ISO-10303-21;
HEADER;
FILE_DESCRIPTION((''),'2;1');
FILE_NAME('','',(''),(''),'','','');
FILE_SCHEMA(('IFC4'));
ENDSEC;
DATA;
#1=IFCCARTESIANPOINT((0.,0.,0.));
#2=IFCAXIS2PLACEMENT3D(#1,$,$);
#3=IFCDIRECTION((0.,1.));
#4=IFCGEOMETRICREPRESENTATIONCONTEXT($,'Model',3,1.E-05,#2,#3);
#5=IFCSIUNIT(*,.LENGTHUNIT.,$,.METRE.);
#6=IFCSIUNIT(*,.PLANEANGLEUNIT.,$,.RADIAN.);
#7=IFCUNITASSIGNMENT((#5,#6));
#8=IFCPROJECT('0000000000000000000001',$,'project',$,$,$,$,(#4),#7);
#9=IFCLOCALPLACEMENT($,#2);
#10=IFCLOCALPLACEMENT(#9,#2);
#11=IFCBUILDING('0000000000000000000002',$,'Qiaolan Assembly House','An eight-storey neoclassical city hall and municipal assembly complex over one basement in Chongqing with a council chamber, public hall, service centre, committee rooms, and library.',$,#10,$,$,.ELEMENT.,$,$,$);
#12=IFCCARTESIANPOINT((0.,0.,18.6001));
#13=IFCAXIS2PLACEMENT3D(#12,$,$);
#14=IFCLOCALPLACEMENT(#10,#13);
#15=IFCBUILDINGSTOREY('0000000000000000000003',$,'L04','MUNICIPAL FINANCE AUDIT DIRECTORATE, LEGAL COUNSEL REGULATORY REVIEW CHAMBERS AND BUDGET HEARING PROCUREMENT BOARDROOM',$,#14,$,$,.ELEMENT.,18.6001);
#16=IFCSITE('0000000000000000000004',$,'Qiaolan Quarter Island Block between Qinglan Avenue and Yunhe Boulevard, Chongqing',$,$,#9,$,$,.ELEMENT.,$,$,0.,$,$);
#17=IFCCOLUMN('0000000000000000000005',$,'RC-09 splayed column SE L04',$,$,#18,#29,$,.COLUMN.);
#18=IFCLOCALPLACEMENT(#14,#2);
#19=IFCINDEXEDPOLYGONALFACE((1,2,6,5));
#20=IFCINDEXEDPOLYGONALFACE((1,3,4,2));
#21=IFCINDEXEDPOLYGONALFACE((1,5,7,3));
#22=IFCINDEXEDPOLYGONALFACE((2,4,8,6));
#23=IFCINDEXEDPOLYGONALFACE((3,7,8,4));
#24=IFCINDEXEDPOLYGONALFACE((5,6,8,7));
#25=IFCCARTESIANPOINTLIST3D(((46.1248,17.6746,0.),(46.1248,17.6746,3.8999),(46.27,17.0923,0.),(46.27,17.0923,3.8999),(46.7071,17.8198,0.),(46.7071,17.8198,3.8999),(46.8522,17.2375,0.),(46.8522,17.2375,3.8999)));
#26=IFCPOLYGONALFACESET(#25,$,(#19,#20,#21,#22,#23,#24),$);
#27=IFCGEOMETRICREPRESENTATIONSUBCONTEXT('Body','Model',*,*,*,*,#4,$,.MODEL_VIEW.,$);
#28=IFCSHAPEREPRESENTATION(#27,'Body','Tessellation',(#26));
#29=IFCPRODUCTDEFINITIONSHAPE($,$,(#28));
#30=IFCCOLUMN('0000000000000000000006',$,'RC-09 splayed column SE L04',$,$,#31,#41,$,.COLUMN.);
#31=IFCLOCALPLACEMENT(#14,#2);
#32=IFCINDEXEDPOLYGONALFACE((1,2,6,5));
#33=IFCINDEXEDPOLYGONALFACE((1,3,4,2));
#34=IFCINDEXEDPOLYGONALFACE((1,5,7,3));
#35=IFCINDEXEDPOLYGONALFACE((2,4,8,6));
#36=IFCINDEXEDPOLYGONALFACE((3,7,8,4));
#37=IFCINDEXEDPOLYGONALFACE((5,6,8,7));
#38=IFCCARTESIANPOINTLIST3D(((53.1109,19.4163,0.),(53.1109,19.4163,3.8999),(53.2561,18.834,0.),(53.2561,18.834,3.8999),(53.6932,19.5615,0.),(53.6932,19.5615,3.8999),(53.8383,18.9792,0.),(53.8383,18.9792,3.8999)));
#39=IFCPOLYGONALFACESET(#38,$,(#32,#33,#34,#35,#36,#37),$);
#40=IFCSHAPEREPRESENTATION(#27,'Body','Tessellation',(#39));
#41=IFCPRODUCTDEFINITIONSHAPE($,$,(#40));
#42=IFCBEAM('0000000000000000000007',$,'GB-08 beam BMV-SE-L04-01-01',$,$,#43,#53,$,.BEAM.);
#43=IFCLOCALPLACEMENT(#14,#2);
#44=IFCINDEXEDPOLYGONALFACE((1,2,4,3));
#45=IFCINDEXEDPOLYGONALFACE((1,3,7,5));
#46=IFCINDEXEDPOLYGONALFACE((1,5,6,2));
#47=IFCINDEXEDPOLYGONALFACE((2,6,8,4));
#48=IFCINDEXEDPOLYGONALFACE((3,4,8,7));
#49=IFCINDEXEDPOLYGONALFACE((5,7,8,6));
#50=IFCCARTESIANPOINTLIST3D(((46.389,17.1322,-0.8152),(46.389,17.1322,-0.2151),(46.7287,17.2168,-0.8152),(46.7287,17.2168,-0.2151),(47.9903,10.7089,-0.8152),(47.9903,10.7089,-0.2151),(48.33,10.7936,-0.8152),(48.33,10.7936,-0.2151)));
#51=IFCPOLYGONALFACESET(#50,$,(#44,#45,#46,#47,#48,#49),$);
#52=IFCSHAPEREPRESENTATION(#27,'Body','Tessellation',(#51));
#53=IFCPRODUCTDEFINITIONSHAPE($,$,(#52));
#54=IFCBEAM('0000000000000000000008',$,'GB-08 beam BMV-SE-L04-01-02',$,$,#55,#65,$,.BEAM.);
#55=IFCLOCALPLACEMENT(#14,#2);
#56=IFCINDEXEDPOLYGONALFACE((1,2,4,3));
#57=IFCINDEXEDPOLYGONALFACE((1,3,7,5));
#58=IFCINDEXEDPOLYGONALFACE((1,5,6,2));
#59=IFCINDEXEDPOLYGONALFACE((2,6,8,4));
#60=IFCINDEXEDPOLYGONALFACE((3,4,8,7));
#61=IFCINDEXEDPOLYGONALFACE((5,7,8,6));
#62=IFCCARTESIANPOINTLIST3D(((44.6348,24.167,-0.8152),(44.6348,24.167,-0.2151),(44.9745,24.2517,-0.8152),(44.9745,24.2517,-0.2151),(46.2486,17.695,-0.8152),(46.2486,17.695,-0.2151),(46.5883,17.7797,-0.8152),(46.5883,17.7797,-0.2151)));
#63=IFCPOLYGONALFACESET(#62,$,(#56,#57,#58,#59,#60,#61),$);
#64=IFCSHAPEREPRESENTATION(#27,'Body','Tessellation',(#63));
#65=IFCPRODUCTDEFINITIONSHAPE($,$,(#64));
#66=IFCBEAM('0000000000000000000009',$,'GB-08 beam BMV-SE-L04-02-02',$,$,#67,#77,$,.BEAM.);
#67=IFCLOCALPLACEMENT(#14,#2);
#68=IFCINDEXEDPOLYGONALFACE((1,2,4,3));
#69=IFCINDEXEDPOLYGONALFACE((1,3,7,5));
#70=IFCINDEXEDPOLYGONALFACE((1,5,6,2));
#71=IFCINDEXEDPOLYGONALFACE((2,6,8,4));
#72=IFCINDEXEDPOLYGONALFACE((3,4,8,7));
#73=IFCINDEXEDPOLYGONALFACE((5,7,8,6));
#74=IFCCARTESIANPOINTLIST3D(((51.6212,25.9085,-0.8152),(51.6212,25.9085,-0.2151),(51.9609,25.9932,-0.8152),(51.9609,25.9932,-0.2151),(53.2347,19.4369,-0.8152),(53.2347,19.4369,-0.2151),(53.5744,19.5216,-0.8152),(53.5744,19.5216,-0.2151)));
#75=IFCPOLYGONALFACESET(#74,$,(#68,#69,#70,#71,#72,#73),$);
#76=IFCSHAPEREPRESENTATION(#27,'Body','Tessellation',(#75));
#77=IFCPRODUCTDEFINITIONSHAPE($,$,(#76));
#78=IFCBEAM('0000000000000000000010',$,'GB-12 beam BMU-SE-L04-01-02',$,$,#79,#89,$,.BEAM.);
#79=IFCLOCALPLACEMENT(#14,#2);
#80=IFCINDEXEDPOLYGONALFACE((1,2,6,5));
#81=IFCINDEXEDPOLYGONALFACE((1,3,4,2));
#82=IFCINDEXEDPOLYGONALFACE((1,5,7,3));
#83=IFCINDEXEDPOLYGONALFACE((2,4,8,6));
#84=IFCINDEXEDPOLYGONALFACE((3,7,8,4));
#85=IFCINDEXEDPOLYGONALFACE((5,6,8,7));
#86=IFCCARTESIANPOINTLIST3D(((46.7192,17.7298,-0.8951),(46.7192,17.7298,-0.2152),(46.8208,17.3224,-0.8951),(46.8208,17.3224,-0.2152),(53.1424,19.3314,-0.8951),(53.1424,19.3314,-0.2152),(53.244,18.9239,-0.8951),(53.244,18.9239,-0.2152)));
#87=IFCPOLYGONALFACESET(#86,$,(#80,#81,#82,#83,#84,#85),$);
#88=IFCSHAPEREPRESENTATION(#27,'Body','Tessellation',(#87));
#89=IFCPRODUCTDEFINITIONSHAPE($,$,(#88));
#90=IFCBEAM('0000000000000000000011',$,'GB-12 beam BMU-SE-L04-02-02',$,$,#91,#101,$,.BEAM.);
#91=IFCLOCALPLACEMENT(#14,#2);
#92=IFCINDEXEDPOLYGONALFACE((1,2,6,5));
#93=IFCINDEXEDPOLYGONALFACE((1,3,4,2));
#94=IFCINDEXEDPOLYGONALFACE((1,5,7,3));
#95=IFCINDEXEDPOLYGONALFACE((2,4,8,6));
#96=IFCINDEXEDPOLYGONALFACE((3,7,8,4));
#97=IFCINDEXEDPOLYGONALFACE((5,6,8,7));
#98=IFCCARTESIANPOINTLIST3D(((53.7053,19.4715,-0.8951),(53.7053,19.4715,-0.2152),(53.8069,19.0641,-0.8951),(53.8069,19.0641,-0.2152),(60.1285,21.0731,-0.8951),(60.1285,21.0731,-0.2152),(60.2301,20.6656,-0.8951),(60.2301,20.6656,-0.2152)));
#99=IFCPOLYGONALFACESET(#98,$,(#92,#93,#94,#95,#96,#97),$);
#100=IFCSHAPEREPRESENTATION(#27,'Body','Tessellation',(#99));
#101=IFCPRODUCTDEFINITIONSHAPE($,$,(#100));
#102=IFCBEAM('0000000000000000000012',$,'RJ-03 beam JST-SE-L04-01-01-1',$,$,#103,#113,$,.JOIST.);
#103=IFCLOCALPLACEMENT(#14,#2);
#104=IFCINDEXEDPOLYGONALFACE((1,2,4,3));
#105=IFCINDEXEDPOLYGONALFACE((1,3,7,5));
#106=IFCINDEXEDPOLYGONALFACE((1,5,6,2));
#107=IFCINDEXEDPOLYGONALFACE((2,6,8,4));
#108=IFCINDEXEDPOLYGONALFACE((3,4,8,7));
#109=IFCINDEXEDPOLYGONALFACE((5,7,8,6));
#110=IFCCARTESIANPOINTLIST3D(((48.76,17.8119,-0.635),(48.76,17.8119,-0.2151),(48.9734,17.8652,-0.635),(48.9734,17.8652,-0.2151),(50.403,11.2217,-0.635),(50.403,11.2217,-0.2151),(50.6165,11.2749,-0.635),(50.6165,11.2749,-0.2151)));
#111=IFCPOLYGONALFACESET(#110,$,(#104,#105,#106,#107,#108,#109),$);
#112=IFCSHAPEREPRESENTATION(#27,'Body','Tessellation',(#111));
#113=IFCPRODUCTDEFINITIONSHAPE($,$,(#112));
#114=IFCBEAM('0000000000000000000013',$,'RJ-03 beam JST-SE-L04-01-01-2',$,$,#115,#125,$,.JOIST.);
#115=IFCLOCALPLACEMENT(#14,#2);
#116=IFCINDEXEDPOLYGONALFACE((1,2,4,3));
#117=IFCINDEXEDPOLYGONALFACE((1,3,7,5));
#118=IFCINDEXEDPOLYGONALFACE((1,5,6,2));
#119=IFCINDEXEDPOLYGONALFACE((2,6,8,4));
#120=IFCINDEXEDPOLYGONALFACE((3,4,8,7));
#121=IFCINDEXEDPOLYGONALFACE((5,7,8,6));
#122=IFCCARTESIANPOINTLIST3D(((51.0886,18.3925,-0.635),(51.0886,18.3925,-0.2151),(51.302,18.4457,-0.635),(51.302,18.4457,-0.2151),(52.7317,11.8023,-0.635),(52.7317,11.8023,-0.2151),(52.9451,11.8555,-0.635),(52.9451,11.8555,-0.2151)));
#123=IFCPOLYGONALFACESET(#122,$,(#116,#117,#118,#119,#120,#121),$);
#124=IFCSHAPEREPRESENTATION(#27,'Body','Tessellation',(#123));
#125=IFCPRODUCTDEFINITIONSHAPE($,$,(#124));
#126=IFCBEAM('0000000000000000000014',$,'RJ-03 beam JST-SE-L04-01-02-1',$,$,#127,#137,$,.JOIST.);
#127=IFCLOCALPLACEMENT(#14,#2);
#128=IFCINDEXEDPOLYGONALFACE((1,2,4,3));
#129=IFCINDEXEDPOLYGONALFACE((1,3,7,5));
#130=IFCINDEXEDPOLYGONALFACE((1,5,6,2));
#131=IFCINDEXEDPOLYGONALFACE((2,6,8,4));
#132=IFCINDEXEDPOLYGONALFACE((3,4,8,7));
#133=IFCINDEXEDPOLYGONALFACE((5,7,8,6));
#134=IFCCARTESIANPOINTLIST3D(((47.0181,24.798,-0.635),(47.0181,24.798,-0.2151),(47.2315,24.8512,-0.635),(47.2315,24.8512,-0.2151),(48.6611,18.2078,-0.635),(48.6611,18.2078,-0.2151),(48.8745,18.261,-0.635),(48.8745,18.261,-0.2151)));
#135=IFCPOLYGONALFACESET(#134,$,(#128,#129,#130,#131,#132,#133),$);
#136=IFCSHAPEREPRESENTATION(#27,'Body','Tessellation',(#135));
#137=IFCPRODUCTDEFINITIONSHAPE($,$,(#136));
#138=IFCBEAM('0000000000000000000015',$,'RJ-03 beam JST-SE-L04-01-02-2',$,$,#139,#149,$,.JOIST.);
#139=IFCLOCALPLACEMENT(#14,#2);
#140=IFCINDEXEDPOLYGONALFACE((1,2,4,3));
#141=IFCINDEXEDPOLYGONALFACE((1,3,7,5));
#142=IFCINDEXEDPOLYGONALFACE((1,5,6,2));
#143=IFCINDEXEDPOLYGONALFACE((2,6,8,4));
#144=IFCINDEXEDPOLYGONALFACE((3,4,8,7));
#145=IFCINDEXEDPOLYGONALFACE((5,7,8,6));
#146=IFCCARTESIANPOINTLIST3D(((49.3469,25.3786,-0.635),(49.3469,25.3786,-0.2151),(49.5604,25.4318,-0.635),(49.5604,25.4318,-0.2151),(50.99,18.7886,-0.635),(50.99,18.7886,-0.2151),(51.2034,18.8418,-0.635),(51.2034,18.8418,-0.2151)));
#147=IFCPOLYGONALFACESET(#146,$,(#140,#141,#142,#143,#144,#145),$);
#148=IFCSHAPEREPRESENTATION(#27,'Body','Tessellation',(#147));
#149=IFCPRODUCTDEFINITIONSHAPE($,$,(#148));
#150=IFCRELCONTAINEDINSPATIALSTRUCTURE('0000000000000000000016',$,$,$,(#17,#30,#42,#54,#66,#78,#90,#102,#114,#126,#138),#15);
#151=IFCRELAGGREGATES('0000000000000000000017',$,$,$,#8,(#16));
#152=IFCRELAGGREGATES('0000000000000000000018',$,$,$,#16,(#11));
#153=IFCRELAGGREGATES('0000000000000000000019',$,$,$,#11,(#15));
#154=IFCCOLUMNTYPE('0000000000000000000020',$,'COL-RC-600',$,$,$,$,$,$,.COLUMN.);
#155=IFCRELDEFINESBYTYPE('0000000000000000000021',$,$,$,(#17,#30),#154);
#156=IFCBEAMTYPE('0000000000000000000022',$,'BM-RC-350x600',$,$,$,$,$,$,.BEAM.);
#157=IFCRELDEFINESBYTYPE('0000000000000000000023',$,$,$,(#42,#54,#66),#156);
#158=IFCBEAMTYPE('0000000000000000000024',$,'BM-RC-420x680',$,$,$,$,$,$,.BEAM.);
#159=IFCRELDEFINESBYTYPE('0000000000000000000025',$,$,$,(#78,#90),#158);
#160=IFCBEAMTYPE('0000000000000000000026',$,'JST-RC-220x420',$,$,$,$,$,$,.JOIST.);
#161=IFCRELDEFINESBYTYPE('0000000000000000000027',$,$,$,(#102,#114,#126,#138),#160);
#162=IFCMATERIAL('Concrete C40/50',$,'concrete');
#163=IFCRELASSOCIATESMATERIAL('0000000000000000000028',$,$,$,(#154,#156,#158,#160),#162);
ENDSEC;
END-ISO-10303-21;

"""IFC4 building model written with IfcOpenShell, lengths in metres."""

from ifc_helpers import new_model, si_unit, direction, frame, origin, origin_2d, place, context, subcontext, project, spatial, rectangle, extrude, material, material_profile, profile_set, type_object, element, save


model = new_model("IFC4")

# Units and contexts
model_context = context("Model", 3, precision=1e-05, world=origin(), true_north=direction((0.0, 1.0)))
body_context = subcontext(model_context, "Body", "Model", "MODEL_VIEW")
ifc_project = project(units=[si_unit("LENGTHUNIT", "METRE"), si_unit("PLANEANGLEUNIT", "RADIAN")], contexts=[model_context])

# Site, building, storey
site_placement = place(None, origin())
site = spatial("IfcSite", under=ifc_project, at=site_placement, Name="Qiaolan Quarter Island Block between Qinglan Avenue and Yunhe Boulevard, Chongqing", CompositionType="ELEMENT", RefElevation=0.0)
building_placement = place(site_placement, origin())
building = spatial("IfcBuilding", under=site, at=building_placement, Name="Qiaolan Assembly House", Description="An eight-storey neoclassical city hall and municipal assembly complex over one basement in Chongqing with a council chamber, public hall, service centre, committee rooms, and library.", CompositionType="ELEMENT")
storey_placement = place(building_placement, frame((0.0, 0.0, 18.6001)))
storey = spatial("IfcBuildingStorey", under=building, at=storey_placement, Name="L04", Description="MUNICIPAL FINANCE AUDIT DIRECTORATE, LEGAL COUNSEL REGULATORY REVIEW CHAMBERS AND BUDGET HEARING PROCUREMENT BOARDROOM", CompositionType="ELEMENT", Elevation=18.6001)

# Columns
ifc_material_1 = material(Name="Concrete C40/50", Category="concrete")
ifc_material_profile_1 = material_profile(ifc_material_1, rectangle(XDim=0.6001, YDim=0.6001, at=origin_2d()), Name="RC 600x600")
ifc_profile_set_1 = profile_set([ifc_material_profile_1], Name="Concrete C40/50")
column_type = type_object("IfcColumnType", Name="COL-RC-600", PredefinedType="COLUMN", material=ifc_profile_set_1)
for number, where, z_axis, x_axis, name in (
    (1, (46.4885, 17.4561, 0.0), (0.0, 0.0, 1.0), (0.970296, 0.241922, 0.0), "RC-09 splayed column SE L04"),
    (2, (53.4746, 19.1978, 0.0), (0.0, 0.0, 1.0), (0.970296, 0.241922, 0.0), "RC-09 splayed column SE L04"),
):
    element("IfcColumn", number, at=place(storey_placement, frame(where, z_axis=z_axis, x_axis=x_axis)), inside=storey, type_object=column_type, Name=name, PredefinedType="COLUMN", context=body_context, shape_type="SweptSolid", body=[
        extrude(rectangle(XDim=0.6001, YDim=0.6001, at=origin_2d()), origin(), (0.0, 0.0, 1.0), 3.8999),
    ])

# Beams
ifc_material_profile_2 = material_profile(ifc_material_1, rectangle(XDim=0.3501, YDim=0.6001, at=origin_2d()), Name="RCB 350x600")
ifc_profile_set_2 = profile_set([ifc_material_profile_2], Name="Concrete C40/50")
beam_type_1 = type_object("IfcBeamType", Name="BM-RC-350x600", PredefinedType="BEAM", material=ifc_profile_set_2)
beam_1_placement = place(storey_placement, frame((48.1602, 10.7512, -0.5151), z_axis=(-0.241893, 0.970303, 0.0), x_axis=(-0.970303, -0.241893, 0.0)))
element("IfcBeam", 3, at=beam_1_placement, inside=storey, type_object=beam_type_1, Name="GB-08 beam BMV-SE-L04-01-01", PredefinedType="BEAM", context=body_context, shape_type="SweptSolid", body=[
    extrude(rectangle(XDim=0.3501, YDim=0.6001, at=origin_2d()), origin(), (0.0, 0.0, 1.0), 6.6199),
])
beam_2_placement = place(storey_placement, frame((46.4185, 17.7373, -0.5151), z_axis=(-0.241941, 0.970291, 0.0), x_axis=(-0.970291, -0.241941, 0.0)))
element("IfcBeam", 4, at=beam_2_placement, inside=storey, type_object=beam_type_1, Name="GB-08 beam BMV-SE-L04-01-02", PredefinedType="BEAM", context=body_context, shape_type="SweptSolid", body=[
    extrude(rectangle(XDim=0.3501, YDim=0.6001, at=origin_2d()), origin(), (0.0, 0.0, 1.0), 6.6702),
])
beam_3_placement = place(storey_placement, frame((53.4045, 19.4792, -0.5151), z_axis=(-0.241915, 0.970297, 0.0), x_axis=(-0.970297, -0.241915, 0.0)))
element("IfcBeam", 5, at=beam_3_placement, inside=storey, type_object=beam_type_1, Name="GB-08 beam BMV-SE-L04-02-02", PredefinedType="BEAM", context=body_context, shape_type="SweptSolid", body=[
    extrude(rectangle(XDim=0.3501, YDim=0.6001, at=origin_2d()), origin(), (0.0, 0.0, 1.0), 6.6697),
])
ifc_material_profile_3 = material_profile(ifc_material_1, rectangle(XDim=0.4199, YDim=0.6799, at=origin_2d()), Name="RCB 420x680")
ifc_profile_set_3 = profile_set([ifc_material_profile_3], Name="Concrete C40/50")
beam_type_2 = type_object("IfcBeamType", Name="BM-RC-420x680", PredefinedType="BEAM", material=ifc_profile_set_3)
for number, where, z_axis, x_axis, name in (
    (6, (46.77, 17.5261, -0.5552), (0.970294, 0.241928, 0.0), (-0.241928, 0.970294, 0.0), "GB-12 beam BMU-SE-L04-01-02"),
    (7, (53.7561, 19.2678, -0.5552), (0.970294, 0.241928, 0.0), (-0.241928, 0.970294, 0.0), "GB-12 beam BMU-SE-L04-02-02"),
):
    element("IfcBeam", number, at=place(storey_placement, frame(where, z_axis=z_axis, x_axis=x_axis)), inside=storey, type_object=beam_type_2, Name=name, PredefinedType="BEAM", context=body_context, shape_type="SweptSolid", body=[
        extrude(rectangle(XDim=0.4199, YDim=0.6799, at=origin_2d()), origin(), (0.0, 0.0, 1.0), 6.6199),
    ])
ifc_material_profile_4 = material_profile(ifc_material_1, rectangle(XDim=0.22, YDim=0.4199, at=origin_2d()), Name="RCB 220x420")
ifc_profile_set_4 = profile_set([ifc_material_profile_4], Name="Concrete C40/50")
beam_type_3 = type_object("IfcBeamType", Name="JST-RC-220x420", PredefinedType="JOIST", material=ifc_profile_set_4)
for number, where, z_axis, x_axis, name in (
    (8, (50.5098, 11.2483, -0.425), (-0.24191, 0.970299, 0.0), (-0.970299, -0.24191, 0.0), "RJ-03 beam JST-SE-L04-01-01-1"),
    (9, (52.8384, 11.8289, -0.425), (-0.24191, 0.970299, 0.0), (-0.970299, -0.24191, 0.0), "RJ-03 beam JST-SE-L04-01-01-2"),
    (10, (48.7678, 18.2344, -0.425), (-0.24191, 0.970299, 0.0), (-0.970299, -0.24191, 0.0), "RJ-03 beam JST-SE-L04-01-02-1"),
):
    element("IfcBeam", number, at=place(storey_placement, frame(where, z_axis=z_axis, x_axis=x_axis)), inside=storey, type_object=beam_type_3, Name=name, PredefinedType="JOIST", context=body_context, shape_type="SweptSolid", body=[
        extrude(rectangle(XDim=0.22, YDim=0.4199, at=origin_2d()), origin(), (0.0, 0.0, 1.0), 6.792),
    ])
beam_4_placement = place(storey_placement, frame((51.0967, 18.8152, -0.425), z_axis=(-0.241918, 0.970297, 0.0), x_axis=(-0.970297, -0.241918, 0.0)))
element("IfcBeam", 11, at=beam_4_placement, inside=storey, type_object=beam_type_3, Name="RJ-03 beam JST-SE-L04-01-02-2", PredefinedType="JOIST", context=body_context, shape_type="SweptSolid", body=[
    extrude(rectangle(XDim=0.22, YDim=0.4199, at=origin_2d()), origin(), (0.0, 0.0, 1.0), 6.7917),
])

save(model, "model.ifc")
